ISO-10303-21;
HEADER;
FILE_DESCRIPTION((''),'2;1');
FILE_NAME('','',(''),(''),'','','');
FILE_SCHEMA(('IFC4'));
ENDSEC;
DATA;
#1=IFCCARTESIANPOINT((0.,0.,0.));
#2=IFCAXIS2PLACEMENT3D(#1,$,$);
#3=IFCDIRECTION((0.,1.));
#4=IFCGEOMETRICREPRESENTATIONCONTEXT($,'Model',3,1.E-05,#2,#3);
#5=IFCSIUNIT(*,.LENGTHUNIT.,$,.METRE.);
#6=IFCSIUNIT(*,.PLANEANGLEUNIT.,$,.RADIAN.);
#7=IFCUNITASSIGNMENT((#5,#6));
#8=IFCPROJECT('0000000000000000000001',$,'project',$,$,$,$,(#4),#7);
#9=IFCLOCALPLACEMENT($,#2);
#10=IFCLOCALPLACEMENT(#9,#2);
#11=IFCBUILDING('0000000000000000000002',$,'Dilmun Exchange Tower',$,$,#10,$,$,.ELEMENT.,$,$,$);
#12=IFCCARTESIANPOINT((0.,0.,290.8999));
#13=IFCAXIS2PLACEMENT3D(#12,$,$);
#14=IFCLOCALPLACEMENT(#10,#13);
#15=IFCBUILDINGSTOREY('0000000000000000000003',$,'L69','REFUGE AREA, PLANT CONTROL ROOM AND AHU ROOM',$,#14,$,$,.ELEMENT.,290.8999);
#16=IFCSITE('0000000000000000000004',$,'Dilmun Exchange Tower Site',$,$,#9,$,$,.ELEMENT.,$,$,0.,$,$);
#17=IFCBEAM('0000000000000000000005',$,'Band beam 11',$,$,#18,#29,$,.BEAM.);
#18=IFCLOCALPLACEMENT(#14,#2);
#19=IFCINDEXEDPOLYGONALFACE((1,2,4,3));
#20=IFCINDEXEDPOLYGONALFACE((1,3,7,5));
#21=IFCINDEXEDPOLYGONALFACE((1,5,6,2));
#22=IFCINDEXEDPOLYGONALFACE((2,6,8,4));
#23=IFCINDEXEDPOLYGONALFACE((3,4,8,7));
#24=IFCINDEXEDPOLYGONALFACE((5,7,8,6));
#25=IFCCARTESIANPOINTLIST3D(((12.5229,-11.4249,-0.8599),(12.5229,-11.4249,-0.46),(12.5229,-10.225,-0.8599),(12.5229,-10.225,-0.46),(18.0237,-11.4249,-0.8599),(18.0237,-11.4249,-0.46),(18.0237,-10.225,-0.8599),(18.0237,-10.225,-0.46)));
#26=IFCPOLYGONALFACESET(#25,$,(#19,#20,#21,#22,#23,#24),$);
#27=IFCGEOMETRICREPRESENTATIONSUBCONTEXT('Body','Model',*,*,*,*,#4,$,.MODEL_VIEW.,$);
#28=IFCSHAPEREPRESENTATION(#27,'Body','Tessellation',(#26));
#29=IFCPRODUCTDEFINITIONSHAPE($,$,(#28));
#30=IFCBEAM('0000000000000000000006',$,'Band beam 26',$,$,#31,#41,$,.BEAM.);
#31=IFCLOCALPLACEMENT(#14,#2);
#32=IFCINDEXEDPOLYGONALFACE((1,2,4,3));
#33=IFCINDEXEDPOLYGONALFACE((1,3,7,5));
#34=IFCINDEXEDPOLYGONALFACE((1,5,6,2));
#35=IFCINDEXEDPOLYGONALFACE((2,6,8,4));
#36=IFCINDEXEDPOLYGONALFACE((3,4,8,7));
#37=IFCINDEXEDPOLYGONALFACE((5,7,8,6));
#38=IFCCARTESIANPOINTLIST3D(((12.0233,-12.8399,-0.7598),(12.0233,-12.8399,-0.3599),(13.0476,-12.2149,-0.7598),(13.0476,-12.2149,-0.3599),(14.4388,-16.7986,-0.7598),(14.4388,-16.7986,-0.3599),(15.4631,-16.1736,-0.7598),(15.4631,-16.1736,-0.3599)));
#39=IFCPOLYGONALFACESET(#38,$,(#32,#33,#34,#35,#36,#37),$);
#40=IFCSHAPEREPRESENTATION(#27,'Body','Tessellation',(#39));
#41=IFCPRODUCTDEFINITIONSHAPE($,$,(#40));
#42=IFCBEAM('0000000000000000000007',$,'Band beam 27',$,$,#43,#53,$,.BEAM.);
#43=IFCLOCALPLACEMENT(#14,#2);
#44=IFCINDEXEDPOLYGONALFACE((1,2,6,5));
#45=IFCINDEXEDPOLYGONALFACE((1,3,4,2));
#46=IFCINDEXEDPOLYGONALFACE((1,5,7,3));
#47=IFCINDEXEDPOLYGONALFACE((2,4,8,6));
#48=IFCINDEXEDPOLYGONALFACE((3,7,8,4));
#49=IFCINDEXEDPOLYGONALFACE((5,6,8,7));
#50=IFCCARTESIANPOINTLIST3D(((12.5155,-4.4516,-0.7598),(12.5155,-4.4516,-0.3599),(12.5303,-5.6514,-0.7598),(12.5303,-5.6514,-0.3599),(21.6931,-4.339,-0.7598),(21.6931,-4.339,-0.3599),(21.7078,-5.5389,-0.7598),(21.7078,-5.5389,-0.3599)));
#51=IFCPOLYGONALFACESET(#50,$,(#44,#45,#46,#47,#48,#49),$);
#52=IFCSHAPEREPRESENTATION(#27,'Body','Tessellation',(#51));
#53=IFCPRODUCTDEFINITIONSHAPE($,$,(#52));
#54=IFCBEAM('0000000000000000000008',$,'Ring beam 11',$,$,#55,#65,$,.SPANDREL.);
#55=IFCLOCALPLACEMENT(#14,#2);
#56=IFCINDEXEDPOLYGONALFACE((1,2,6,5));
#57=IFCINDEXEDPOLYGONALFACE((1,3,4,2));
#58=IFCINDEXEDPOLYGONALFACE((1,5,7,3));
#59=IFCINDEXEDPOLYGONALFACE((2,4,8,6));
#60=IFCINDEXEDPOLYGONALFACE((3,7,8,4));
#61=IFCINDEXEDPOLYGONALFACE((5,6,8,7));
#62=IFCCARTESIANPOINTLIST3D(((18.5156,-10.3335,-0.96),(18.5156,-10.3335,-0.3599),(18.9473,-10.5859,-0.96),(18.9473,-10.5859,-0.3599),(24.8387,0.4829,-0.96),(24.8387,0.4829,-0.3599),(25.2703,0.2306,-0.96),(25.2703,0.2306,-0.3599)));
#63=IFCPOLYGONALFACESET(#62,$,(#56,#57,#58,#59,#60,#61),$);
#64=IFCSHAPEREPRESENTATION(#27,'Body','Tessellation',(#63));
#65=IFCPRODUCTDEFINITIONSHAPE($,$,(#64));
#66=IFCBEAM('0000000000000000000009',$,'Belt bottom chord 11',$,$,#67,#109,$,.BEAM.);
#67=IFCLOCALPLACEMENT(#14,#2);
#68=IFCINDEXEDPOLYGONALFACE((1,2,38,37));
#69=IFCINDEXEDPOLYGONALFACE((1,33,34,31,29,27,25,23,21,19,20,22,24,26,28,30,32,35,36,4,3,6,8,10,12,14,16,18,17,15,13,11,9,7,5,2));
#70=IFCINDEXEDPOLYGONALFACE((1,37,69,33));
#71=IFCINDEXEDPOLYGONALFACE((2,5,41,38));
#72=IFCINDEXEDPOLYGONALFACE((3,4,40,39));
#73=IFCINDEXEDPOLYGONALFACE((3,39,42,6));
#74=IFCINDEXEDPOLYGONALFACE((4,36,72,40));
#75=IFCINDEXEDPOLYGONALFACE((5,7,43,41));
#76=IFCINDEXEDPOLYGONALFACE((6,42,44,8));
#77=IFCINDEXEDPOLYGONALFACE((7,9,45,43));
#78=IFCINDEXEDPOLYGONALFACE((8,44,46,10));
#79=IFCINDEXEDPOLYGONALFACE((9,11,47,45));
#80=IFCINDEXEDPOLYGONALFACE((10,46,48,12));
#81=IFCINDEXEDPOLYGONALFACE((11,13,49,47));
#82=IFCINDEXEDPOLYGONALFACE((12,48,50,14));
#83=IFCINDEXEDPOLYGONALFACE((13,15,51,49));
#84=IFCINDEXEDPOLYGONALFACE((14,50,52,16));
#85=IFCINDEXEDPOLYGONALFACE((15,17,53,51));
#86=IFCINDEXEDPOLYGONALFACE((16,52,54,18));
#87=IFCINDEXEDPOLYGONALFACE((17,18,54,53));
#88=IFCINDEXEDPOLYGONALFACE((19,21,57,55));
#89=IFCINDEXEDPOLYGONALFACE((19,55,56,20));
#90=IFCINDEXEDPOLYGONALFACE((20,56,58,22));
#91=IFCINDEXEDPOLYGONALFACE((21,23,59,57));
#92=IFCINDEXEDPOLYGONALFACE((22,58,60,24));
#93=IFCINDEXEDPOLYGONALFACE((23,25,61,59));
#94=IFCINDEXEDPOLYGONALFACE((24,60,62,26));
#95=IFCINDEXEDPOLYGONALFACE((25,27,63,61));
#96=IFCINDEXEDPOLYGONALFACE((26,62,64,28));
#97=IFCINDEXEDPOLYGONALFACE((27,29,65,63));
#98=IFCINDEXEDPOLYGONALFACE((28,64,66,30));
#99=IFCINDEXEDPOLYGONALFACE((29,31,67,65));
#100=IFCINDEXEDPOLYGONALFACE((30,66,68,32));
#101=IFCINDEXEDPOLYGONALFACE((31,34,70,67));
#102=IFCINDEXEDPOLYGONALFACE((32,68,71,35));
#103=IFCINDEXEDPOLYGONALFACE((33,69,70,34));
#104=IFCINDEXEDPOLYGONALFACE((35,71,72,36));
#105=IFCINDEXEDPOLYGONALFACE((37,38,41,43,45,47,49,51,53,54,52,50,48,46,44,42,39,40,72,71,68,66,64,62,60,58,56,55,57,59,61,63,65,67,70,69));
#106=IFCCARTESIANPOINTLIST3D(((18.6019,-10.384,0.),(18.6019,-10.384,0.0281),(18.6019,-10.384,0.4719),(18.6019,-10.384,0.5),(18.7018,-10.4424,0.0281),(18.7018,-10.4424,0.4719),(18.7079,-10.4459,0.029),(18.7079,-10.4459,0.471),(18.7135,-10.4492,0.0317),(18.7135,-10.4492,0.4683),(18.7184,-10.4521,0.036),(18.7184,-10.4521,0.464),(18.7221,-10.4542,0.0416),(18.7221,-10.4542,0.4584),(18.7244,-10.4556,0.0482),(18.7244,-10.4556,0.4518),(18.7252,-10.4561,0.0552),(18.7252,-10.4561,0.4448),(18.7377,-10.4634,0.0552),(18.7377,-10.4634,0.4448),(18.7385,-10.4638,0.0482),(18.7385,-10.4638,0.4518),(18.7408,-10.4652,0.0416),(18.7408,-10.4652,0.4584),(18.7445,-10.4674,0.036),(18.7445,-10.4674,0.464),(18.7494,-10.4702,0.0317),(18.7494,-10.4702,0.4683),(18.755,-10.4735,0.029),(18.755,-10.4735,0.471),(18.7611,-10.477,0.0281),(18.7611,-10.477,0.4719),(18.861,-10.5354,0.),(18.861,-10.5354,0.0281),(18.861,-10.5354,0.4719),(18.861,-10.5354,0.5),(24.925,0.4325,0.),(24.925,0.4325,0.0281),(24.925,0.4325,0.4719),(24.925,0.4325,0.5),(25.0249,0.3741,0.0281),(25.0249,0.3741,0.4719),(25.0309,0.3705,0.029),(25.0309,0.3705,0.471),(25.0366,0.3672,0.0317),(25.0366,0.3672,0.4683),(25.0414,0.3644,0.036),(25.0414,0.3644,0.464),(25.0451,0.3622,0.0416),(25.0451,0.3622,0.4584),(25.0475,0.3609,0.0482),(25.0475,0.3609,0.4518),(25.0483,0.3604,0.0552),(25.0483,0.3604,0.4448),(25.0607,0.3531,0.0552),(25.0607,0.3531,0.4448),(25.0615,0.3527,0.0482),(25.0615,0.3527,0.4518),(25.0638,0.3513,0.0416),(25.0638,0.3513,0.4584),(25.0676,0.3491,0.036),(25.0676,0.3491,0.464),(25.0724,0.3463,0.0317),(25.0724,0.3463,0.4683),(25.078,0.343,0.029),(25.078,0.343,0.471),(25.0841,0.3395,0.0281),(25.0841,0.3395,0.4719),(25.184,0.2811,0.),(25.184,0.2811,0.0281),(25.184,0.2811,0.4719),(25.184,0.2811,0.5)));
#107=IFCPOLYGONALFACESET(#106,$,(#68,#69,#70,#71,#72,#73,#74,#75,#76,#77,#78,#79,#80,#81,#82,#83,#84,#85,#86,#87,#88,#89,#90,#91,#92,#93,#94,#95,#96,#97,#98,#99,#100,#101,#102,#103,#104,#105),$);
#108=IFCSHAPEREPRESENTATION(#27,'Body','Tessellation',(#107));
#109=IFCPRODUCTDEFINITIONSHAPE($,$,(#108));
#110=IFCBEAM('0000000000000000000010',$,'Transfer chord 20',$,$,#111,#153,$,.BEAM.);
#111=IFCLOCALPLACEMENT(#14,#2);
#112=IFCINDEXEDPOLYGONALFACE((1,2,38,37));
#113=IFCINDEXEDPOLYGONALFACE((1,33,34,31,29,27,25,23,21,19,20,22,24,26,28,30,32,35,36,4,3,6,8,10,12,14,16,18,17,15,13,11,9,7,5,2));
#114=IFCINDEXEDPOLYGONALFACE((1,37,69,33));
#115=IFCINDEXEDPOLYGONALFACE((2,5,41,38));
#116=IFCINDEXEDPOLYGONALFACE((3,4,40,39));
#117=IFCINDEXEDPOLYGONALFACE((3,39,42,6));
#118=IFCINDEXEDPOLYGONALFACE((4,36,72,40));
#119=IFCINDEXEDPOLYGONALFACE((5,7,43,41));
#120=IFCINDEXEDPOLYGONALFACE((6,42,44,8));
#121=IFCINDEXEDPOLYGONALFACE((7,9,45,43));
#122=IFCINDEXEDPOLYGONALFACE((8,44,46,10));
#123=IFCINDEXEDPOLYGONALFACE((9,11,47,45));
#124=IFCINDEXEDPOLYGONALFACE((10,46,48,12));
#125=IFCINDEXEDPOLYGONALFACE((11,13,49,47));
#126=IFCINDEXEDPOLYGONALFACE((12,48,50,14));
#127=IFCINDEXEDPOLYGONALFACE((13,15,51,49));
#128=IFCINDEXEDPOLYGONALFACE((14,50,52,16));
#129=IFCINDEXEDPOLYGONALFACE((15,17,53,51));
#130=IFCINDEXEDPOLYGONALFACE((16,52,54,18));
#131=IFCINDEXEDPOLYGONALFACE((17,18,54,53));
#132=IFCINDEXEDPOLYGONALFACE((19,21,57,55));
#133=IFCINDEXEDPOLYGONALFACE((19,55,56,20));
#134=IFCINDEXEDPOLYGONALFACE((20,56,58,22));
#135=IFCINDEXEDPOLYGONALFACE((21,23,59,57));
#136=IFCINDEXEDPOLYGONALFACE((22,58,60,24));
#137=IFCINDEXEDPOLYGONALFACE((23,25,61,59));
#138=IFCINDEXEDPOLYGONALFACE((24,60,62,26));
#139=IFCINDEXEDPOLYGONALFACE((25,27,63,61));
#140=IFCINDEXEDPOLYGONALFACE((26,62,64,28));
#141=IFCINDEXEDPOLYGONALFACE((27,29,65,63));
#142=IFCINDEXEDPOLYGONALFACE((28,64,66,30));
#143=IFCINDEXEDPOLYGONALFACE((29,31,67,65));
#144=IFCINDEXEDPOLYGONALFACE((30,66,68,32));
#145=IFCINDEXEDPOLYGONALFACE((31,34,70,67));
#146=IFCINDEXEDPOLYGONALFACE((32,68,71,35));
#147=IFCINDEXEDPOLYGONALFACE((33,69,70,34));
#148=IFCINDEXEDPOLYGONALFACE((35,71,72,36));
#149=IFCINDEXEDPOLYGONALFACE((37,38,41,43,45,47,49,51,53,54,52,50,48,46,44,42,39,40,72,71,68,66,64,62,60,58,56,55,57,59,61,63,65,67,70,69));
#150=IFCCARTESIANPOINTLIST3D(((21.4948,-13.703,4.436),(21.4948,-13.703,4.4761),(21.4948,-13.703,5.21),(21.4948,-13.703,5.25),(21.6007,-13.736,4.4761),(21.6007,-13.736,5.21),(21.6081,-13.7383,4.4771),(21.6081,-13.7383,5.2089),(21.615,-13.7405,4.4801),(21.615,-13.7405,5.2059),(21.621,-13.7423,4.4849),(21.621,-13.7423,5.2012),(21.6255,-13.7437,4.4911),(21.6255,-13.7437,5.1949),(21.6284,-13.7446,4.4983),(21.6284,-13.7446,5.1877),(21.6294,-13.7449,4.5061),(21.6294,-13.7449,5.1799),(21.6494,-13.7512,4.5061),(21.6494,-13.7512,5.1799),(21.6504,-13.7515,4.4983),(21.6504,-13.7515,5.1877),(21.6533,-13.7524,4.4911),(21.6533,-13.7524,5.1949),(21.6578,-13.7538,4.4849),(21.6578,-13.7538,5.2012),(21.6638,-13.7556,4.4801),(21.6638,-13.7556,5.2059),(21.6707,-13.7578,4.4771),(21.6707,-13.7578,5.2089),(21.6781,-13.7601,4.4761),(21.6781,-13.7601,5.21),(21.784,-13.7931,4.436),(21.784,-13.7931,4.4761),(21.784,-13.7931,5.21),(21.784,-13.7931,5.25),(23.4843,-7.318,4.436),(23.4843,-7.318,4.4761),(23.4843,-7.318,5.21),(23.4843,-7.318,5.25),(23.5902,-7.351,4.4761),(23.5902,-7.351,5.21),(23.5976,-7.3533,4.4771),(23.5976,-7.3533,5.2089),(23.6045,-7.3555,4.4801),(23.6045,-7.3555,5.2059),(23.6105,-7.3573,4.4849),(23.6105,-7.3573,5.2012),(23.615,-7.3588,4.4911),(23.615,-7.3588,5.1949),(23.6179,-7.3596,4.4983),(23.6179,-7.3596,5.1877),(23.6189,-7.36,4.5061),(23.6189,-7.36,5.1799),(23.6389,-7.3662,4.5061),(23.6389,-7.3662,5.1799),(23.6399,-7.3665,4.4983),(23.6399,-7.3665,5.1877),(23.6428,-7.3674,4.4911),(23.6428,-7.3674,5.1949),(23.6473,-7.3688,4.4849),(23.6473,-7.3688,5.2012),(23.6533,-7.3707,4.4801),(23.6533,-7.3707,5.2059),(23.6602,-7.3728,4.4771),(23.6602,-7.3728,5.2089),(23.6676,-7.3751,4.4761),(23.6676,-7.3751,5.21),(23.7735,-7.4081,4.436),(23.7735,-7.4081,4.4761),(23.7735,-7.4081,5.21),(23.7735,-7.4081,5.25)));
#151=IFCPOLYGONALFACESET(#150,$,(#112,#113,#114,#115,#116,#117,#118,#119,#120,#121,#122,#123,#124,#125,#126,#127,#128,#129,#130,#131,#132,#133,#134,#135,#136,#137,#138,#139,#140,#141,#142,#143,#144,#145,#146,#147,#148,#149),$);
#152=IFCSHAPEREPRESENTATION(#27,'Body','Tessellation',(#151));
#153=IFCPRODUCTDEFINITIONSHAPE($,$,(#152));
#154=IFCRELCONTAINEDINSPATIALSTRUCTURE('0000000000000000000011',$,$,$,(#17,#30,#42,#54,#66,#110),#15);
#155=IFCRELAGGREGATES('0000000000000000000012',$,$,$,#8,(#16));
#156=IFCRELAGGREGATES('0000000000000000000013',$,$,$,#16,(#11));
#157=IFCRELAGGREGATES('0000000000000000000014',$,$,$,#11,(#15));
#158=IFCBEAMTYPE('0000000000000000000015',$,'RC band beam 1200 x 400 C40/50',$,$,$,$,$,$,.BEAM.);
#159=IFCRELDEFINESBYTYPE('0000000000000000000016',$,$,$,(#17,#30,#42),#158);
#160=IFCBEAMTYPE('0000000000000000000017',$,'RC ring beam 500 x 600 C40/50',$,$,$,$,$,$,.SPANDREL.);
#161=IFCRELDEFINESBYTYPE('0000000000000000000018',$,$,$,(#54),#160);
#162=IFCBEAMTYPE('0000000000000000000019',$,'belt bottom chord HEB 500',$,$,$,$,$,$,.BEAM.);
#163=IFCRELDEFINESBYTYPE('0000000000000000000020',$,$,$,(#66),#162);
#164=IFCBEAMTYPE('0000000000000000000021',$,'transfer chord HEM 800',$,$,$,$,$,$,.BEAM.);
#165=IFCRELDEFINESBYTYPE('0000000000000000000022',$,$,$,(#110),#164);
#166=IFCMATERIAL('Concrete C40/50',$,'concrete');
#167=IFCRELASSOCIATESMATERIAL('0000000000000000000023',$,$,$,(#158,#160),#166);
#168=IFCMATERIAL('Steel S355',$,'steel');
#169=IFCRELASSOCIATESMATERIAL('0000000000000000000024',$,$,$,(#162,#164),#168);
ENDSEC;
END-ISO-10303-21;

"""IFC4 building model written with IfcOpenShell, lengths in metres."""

from ifc_helpers import new_model, si_unit, direction, frame, origin, origin_2d, place, context, subcontext, project, spatial, rectangle, i_section, extrude, material, material_profile, profile_set, type_object, element, save


model = new_model("IFC4")

# Units and contexts
model_context = context("Model", 3, precision=1e-05, world=origin(), true_north=direction((0.0, 1.0)))
body_context = subcontext(model_context, "Body", "Model", "MODEL_VIEW")
ifc_project = project(units=[si_unit("LENGTHUNIT", "METRE"), si_unit("PLANEANGLEUNIT", "RADIAN")], contexts=[model_context])

# Site, building, storey
site_placement = place(None, origin())
site = spatial("IfcSite", under=ifc_project, at=site_placement, Name="Dilmun Exchange Tower Site", CompositionType="ELEMENT", RefElevation=0.0)
building_placement = place(site_placement, origin())
building = spatial("IfcBuilding", under=site, at=building_placement, Name="Dilmun Exchange Tower", CompositionType="ELEMENT")
storey_placement = place(building_placement, frame((0.0, 0.0, 290.8999)))
storey = spatial("IfcBuildingStorey", under=building, at=storey_placement, Name="L69", Description="REFUGE AREA, PLANT CONTROL ROOM AND AHU ROOM", CompositionType="ELEMENT", Elevation=290.8999)

# Beams
ifc_material_1 = material(Name="Concrete C40/50", Category="concrete")
ifc_material_profile_1 = material_profile(ifc_material_1, rectangle(XDim=1.2, YDim=0.3999, at=origin_2d()), Name="1200 x 400")
ifc_profile_set_1 = profile_set([ifc_material_profile_1], Name="Concrete C40/50")
beam_type_1 = type_object("IfcBeamType", Name="RC band beam 1200 x 400 C40/50", PredefinedType="BEAM", material=ifc_profile_set_1)
beam_1_placement = place(storey_placement, frame((18.0237, -10.825, -0.6599), z_axis=(-1.0, 0.0, 0.0), x_axis=(0.0, -1.0, 0.0)))
element("IfcBeam", 1, at=beam_1_placement, inside=storey, type_object=beam_type_1, Name="Band beam 11", PredefinedType="BEAM", context=body_context, shape_type="SweptSolid", body=[
    extrude(rectangle(XDim=1.2, YDim=0.3999, at=origin_2d()), origin(), (0.0, 0.0, 1.0), 5.5007),
])
beam_2_placement = place(storey_placement, frame((14.9509, -16.4861, -0.5598), z_axis=(-0.520869, 0.853637, 0.0), x_axis=(-0.853637, -0.520869, 0.0)))
element("IfcBeam", 2, at=beam_2_placement, inside=storey, type_object=beam_type_1, Name="Band beam 26", PredefinedType="BEAM", context=body_context, shape_type="SweptSolid", body=[
    extrude(rectangle(XDim=1.2, YDim=0.3999, at=origin_2d()), origin(), (0.0, 0.0, 1.0), 4.6375),
])
beam_3_placement = place(storey_placement, frame((21.7004, -4.939, -0.5598), z_axis=(-0.999925, -0.012263, 0.0), x_axis=(0.012263, -0.999925, 0.0)))
element("IfcBeam", 3, at=beam_3_placement, inside=storey, type_object=beam_type_1, Name="Band beam 27", PredefinedType="BEAM", context=body_context, shape_type="SweptSolid", body=[
    extrude(rectangle(XDim=1.2, YDim=0.3999, at=origin_2d()), origin(), (0.0, 0.0, 1.0), 9.1782),
])
ifc_material_profile_2 = material_profile(ifc_material_1, rectangle(XDim=0.5, YDim=0.6001, at=origin_2d()), Name="500 x 600")
ifc_profile_set_2 = profile_set([ifc_material_profile_2], Name="Concrete C40/50")
beam_type_2 = type_object("IfcBeamType", Name="RC ring beam 500 x 600 C40/50", PredefinedType="SPANDREL", material=ifc_profile_set_2)
beam_4_placement = place(storey_placement, frame((18.7314, -10.4597, -0.6599), z_axis=(0.50467, 0.863312, 0.0), x_axis=(-0.863312, 0.50467, 0.0)))
element("IfcBeam", 4, at=beam_4_placement, inside=storey, type_object=beam_type_2, Name="Ring beam 11", PredefinedType="SPANDREL", context=body_context, shape_type="SweptSolid", body=[
    extrude(rectangle(XDim=0.5, YDim=0.6001, at=origin_2d()), origin(), (0.0, 0.0, 1.0), 12.5291),
])
ifc_material_2 = material(Name="Steel S355", Category="steel")
ifc_material_profile_3 = material_profile(ifc_material_2, i_section(OverallWidth=0.3, OverallDepth=0.5, WebThickness=0.0144, FlangeThickness=0.0281, FilletRadius=0.0271, at=origin_2d()), Name="HEB 500")
ifc_profile_set_3 = profile_set([ifc_material_profile_3], Name="Steel S355")
beam_type_3 = type_object("IfcBeamType", Name="belt bottom chord HEB 500", PredefinedType="BEAM", material=ifc_profile_set_3)
beam_5_placement = place(storey_placement, frame((18.7314, -10.4597, 0.25), z_axis=(0.50467, 0.863312, 0.0), x_axis=(-0.863312, 0.50467, 0.0)))
element("IfcBeam", 5, at=beam_5_placement, inside=storey, type_object=beam_type_3, Name="Belt bottom chord 11", PredefinedType="BEAM", context=body_context, shape_type="SweptSolid", body=[
    extrude(i_section(OverallWidth=0.3, OverallDepth=0.5, WebThickness=0.0144, FlangeThickness=0.0281, FilletRadius=0.0271, at=origin_2d()), origin(), (0.0, 0.0, 1.0), 12.5291),
])
ifc_material_profile_4 = material_profile(ifc_material_2, i_section(OverallWidth=0.303, OverallDepth=0.814, WebThickness=0.021, FlangeThickness=0.04, FilletRadius=0.03, at=origin_2d()), Name="HEM 800")
ifc_profile_set_4 = profile_set([ifc_material_profile_4], Name="Steel S355")
beam_type_4 = type_object("IfcBeamType", Name="transfer chord HEM 800", PredefinedType="BEAM", material=ifc_profile_set_4)
beam_6_placement = place(storey_placement, frame((21.6394, -13.748, 4.843), z_axis=(0.297483, 0.954727, 0.0), x_axis=(-0.954727, 0.297483, 0.0)))
element("IfcBeam", 6, at=beam_6_placement, inside=storey, type_object=beam_type_4, Name="Transfer chord 20", PredefinedType="BEAM", context=body_context, shape_type="SweptSolid", body=[
    extrude(i_section(OverallWidth=0.303, OverallDepth=0.814, WebThickness=0.021, FlangeThickness=0.04, FilletRadius=0.03, at=origin_2d()), origin(), (0.0, 0.0, 1.0), 6.6877),
])

save(model, "model.ifc")
